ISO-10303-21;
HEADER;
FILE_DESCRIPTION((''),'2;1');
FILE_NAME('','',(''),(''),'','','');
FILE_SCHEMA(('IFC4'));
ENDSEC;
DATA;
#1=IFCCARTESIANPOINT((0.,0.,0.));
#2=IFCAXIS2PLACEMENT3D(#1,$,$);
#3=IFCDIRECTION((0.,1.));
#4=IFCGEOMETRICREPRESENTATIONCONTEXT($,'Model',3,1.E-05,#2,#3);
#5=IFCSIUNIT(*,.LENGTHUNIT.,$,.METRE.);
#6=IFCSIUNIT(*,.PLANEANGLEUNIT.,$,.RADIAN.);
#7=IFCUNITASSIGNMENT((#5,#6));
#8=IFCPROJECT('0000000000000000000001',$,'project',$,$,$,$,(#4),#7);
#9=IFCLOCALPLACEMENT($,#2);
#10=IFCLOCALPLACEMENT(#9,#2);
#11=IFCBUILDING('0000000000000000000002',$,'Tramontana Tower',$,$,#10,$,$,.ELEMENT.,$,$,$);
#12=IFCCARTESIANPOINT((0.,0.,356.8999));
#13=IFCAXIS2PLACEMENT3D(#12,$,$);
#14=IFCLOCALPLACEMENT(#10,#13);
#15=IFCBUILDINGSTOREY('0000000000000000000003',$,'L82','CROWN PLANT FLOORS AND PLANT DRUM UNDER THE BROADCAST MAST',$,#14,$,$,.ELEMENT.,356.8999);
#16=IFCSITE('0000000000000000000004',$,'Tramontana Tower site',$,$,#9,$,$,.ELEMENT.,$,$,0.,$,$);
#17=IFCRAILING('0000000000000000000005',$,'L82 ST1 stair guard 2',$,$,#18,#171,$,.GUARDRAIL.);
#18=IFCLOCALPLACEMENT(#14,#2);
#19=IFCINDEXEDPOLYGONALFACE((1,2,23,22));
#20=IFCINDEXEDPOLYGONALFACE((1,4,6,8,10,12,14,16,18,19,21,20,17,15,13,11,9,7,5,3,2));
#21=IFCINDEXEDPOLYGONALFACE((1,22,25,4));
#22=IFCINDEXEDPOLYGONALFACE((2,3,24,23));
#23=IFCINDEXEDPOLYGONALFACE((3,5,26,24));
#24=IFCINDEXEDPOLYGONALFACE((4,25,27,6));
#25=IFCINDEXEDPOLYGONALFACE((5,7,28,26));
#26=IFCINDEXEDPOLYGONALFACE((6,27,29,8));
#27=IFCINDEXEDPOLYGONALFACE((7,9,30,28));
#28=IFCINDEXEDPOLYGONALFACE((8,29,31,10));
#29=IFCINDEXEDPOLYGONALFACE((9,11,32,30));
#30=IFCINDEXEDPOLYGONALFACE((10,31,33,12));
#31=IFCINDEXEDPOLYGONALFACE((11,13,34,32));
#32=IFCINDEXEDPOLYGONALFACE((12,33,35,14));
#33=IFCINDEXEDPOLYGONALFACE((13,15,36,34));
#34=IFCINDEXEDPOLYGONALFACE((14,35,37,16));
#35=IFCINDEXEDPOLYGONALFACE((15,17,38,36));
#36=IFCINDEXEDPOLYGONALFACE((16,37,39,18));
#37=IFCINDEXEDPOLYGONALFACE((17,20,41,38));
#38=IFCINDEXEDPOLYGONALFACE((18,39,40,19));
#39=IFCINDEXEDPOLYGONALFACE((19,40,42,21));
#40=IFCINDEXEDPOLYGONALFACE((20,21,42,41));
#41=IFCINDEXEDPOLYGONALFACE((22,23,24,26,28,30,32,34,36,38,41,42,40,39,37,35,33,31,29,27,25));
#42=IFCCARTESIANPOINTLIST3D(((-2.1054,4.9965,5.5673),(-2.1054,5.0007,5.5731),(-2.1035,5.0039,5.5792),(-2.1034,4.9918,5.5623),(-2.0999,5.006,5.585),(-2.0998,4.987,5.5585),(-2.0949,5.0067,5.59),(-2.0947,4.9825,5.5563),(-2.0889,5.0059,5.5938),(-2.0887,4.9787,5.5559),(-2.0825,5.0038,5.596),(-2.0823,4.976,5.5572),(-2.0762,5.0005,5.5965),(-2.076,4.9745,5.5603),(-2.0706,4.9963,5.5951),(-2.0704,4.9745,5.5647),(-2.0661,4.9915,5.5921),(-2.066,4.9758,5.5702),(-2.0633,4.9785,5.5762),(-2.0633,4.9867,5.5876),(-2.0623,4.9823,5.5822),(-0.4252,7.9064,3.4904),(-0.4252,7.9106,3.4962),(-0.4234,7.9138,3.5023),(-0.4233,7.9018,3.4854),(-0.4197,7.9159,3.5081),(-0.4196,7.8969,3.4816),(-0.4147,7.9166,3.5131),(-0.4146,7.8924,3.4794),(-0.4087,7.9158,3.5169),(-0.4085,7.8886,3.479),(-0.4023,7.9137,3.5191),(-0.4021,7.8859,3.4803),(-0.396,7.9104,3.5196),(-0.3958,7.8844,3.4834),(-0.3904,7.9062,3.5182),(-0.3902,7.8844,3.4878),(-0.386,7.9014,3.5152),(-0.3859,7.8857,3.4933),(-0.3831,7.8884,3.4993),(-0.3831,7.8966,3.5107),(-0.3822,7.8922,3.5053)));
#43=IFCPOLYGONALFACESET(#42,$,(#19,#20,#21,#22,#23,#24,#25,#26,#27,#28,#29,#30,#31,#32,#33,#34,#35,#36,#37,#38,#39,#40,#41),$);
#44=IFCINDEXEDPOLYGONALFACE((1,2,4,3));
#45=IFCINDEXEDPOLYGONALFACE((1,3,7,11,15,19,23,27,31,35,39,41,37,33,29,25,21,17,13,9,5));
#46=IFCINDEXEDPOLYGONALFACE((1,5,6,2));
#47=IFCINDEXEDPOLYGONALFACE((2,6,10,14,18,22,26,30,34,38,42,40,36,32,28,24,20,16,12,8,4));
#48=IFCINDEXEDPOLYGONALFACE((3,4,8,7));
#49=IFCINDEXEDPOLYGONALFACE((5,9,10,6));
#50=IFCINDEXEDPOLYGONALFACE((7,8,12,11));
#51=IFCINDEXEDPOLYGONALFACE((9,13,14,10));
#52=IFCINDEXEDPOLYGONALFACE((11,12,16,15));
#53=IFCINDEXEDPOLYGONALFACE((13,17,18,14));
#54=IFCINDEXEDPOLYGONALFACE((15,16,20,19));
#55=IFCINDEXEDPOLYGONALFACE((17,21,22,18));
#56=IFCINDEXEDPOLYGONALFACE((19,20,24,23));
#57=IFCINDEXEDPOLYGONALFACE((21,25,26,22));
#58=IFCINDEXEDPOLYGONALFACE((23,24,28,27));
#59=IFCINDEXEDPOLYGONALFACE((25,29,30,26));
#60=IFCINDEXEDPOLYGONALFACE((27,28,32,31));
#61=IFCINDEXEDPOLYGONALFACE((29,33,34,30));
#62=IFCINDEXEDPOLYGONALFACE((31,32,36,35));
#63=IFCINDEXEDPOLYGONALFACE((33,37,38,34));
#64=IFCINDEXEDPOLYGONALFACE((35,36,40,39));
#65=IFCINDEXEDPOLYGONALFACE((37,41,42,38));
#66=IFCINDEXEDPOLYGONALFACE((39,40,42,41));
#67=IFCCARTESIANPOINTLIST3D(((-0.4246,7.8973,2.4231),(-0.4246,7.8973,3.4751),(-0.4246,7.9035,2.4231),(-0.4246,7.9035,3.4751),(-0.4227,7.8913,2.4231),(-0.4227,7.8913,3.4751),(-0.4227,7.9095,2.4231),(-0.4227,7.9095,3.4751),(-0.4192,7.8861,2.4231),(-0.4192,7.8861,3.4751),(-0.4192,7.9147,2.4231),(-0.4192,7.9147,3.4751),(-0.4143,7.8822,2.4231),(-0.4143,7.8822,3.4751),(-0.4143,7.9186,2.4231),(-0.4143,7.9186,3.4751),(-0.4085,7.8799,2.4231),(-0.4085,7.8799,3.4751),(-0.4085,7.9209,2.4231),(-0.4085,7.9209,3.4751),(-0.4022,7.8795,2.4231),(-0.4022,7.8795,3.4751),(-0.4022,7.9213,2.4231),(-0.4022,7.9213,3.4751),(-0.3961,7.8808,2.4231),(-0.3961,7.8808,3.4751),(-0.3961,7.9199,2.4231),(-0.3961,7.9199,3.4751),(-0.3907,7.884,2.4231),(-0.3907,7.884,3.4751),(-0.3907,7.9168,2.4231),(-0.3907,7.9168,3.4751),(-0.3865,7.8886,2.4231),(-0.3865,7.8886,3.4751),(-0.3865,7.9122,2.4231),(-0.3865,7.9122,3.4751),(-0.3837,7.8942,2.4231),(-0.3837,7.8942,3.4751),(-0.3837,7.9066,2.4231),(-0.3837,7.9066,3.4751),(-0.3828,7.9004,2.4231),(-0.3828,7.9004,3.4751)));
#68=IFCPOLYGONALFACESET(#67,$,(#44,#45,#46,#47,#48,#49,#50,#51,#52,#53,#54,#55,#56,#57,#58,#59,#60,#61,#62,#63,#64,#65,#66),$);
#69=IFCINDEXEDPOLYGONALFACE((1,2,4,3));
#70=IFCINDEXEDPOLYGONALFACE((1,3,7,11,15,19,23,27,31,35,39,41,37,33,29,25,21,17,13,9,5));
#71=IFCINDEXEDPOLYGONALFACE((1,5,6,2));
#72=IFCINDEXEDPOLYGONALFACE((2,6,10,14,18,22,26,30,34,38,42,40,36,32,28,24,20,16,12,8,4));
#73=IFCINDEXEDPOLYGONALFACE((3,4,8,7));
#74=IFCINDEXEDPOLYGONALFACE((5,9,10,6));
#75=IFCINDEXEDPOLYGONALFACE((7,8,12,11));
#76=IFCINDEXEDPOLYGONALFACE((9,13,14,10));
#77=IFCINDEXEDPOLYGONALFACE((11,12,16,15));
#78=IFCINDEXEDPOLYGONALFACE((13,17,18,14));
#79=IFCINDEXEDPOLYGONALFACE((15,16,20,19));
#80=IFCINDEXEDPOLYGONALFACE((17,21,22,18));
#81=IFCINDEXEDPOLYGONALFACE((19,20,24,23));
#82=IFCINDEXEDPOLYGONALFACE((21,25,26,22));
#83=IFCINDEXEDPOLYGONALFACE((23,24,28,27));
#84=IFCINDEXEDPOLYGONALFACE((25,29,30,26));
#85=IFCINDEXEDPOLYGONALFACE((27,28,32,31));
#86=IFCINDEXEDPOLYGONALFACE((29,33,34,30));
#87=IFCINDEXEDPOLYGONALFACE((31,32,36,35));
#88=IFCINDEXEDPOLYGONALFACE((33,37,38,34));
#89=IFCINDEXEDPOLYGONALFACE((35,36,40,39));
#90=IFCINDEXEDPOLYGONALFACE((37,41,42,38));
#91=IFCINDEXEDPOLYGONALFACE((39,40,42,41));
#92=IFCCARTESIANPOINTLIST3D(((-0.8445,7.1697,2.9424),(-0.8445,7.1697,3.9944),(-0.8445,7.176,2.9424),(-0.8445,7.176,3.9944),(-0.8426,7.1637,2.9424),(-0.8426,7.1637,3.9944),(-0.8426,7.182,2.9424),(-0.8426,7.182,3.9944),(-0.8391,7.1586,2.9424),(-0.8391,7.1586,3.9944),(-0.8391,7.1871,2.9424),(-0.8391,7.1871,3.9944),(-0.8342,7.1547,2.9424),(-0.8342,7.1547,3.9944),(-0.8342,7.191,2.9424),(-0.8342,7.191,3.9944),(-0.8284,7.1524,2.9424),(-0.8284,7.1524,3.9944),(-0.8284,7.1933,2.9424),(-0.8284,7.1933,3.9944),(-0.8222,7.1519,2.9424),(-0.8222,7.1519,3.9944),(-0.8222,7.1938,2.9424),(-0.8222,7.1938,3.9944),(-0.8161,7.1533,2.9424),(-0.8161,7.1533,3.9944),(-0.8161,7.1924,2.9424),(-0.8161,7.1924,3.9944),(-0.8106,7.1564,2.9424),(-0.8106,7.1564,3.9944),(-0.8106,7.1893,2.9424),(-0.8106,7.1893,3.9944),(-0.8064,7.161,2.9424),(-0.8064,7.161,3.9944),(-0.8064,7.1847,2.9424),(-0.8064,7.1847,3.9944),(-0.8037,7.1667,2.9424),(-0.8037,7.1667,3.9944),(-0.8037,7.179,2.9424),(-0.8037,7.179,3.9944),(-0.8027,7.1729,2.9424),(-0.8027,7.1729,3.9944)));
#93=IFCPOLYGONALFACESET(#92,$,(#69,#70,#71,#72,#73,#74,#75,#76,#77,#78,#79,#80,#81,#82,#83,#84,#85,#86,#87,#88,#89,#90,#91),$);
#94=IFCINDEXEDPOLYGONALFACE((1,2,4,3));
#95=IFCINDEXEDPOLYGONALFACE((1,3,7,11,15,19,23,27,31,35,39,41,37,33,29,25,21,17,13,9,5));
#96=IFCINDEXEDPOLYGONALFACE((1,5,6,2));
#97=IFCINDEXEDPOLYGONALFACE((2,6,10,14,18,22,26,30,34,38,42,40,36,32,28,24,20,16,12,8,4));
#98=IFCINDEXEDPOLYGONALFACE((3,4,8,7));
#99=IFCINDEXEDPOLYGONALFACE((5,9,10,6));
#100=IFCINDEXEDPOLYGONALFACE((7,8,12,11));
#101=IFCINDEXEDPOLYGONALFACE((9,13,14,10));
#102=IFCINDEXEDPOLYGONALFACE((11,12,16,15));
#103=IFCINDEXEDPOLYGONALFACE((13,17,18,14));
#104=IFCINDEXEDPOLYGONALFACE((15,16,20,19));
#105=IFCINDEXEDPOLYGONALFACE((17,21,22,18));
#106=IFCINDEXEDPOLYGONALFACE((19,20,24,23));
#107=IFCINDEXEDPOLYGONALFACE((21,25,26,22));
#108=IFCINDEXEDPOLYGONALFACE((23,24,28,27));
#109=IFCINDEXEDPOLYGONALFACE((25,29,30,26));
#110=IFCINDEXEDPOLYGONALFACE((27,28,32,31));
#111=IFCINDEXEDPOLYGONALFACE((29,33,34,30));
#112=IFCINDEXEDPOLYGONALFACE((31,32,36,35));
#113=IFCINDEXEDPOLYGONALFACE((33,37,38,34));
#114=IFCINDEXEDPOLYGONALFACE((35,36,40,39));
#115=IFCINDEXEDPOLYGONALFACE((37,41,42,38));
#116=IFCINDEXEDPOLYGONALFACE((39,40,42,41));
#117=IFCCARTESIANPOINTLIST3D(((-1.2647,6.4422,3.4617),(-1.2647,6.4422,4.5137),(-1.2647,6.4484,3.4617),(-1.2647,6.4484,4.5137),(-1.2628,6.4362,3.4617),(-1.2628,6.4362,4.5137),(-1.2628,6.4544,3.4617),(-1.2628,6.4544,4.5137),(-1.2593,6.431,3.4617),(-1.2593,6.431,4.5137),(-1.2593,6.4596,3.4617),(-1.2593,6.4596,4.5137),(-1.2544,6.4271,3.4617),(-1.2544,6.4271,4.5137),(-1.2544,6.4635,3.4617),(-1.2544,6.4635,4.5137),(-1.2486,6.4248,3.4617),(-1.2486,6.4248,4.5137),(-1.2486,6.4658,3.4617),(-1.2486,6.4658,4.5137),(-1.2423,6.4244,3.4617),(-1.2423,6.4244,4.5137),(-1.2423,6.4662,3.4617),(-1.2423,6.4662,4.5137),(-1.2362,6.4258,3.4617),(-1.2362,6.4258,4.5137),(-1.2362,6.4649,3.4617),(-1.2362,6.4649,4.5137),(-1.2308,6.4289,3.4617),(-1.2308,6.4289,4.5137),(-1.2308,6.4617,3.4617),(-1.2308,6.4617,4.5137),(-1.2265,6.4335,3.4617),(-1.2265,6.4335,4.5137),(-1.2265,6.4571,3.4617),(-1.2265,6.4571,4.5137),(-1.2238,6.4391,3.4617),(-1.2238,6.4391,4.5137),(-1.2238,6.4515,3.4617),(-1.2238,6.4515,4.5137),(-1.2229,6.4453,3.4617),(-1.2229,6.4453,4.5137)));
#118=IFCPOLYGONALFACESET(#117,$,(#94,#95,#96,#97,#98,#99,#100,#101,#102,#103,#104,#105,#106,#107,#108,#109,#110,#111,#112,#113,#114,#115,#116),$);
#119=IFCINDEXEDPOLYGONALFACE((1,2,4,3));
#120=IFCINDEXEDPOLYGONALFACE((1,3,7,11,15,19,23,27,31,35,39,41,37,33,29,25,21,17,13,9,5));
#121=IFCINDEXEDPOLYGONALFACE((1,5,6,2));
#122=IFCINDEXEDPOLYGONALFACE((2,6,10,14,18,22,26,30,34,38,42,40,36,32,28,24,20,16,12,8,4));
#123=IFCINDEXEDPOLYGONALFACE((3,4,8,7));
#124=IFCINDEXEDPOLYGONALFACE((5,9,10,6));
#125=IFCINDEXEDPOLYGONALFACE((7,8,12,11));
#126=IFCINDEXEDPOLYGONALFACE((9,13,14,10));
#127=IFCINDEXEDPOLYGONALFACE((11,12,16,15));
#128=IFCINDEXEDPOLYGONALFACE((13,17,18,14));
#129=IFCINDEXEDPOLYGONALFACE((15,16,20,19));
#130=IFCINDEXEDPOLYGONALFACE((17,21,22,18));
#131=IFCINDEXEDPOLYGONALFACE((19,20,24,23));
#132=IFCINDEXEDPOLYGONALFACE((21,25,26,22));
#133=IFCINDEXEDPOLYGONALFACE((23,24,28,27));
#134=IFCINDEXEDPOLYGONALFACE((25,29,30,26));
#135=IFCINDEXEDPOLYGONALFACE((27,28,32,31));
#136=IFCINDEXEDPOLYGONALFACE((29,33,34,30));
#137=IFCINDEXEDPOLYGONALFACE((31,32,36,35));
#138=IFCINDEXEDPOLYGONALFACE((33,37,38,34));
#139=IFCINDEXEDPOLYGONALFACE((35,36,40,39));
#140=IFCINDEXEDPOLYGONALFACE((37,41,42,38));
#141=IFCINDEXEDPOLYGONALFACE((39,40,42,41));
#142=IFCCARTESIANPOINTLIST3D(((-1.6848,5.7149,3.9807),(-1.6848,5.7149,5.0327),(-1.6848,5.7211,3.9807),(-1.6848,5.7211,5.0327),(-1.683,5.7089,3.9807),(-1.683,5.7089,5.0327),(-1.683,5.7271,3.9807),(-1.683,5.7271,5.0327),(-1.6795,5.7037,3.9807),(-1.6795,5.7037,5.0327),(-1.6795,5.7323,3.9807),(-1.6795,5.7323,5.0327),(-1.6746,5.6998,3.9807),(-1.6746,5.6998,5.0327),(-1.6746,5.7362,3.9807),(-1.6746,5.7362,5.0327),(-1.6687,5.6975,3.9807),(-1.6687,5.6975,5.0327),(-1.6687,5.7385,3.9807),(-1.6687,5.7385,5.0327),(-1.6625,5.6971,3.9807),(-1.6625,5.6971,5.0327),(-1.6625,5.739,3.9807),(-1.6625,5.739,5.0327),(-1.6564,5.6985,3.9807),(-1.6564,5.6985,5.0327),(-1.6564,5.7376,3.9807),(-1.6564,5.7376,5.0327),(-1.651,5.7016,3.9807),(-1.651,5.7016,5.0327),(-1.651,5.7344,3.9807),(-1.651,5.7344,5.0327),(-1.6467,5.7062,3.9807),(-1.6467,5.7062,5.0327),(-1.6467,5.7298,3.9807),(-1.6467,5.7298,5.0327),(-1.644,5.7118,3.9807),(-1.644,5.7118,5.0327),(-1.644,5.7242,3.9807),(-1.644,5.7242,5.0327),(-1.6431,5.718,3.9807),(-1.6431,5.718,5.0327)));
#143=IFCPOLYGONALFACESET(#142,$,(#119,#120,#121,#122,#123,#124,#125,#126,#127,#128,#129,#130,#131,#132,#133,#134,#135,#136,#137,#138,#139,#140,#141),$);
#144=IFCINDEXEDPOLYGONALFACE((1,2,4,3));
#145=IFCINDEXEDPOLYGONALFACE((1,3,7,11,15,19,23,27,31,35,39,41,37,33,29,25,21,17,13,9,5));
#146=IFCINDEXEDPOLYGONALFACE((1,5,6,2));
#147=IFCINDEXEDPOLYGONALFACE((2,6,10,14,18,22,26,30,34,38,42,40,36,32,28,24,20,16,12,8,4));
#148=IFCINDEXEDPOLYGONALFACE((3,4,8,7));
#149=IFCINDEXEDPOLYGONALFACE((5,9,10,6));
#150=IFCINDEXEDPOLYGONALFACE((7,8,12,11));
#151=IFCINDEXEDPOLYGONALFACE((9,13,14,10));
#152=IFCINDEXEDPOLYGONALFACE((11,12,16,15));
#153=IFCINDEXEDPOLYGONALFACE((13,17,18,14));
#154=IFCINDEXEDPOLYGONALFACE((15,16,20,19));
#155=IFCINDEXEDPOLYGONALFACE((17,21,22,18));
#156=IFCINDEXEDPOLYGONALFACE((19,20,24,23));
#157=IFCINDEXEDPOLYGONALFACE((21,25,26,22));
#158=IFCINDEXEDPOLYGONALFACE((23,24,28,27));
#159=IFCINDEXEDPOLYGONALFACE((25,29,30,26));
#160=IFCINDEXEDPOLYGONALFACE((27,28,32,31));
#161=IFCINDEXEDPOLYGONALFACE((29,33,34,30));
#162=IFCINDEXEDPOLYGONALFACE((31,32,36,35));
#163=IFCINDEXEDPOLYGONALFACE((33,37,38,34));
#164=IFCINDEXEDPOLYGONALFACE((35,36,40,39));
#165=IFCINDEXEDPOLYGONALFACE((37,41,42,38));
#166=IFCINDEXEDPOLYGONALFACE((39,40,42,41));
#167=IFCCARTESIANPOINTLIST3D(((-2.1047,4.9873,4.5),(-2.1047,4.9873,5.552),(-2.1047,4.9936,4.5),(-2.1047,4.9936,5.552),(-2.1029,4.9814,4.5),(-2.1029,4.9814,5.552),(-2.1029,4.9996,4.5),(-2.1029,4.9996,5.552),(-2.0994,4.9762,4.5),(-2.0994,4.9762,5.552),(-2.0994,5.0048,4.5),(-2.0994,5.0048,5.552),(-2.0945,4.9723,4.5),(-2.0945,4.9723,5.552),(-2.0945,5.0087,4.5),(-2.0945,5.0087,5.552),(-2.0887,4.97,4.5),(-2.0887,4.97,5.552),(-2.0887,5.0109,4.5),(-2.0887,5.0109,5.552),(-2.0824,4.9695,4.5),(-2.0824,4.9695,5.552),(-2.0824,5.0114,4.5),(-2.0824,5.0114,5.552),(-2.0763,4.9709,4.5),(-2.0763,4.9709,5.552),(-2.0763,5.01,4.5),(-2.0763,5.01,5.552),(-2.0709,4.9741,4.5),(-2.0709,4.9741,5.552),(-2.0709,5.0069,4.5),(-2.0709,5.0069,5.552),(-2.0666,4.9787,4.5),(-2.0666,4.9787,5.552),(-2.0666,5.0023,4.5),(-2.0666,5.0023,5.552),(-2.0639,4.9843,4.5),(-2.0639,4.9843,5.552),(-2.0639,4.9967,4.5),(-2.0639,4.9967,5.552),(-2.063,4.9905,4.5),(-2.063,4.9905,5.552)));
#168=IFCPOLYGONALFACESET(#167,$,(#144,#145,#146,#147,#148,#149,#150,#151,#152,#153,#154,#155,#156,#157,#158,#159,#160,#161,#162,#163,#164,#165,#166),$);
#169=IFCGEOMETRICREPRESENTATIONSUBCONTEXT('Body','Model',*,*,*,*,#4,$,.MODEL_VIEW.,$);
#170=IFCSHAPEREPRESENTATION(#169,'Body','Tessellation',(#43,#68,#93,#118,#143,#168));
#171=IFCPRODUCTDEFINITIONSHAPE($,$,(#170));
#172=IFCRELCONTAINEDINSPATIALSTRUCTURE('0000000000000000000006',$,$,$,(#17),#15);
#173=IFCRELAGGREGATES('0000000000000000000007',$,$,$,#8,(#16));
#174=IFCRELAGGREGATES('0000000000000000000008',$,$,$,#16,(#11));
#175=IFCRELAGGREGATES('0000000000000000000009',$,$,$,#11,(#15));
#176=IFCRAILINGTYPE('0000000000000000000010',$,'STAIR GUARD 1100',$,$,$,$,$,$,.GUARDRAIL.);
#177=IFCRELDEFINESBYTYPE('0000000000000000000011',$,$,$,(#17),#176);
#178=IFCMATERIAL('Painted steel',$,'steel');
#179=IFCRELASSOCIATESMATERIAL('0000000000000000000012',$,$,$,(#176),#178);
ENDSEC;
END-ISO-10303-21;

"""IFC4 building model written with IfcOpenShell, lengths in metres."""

from ifc_helpers import new_model, si_unit, direction, frame, origin, origin_2d, place, context, subcontext, project, spatial, circle, extrude, material, type_object, element, save


model = new_model("IFC4")

# Units and contexts
model_context = context("Model", 3, precision=1e-05, world=origin(), true_north=direction((0.0, 1.0)))
body_context = subcontext(model_context, "Body", "Model", "MODEL_VIEW")
ifc_project = project(units=[si_unit("LENGTHUNIT", "METRE"), si_unit("PLANEANGLEUNIT", "RADIAN")], contexts=[model_context])

# Site, building, storey
site_placement = place(None, origin())
site = spatial("IfcSite", under=ifc_project, at=site_placement, Name="Tramontana Tower site", CompositionType="ELEMENT", RefElevation=0.0)
building_placement = place(site_placement, origin())
building = spatial("IfcBuilding", under=site, at=building_placement, Name="Tramontana Tower", CompositionType="ELEMENT")
storey_placement = place(building_placement, frame((0.0, 0.0, 356.8999)))
storey = spatial("IfcBuildingStorey", under=building, at=storey_placement, Name="L82", Description="CROWN PLANT FLOORS AND PLANT DRUM UNDER THE BROADCAST MAST", CompositionType="ELEMENT", Elevation=356.8999)

# Railing
ifc_material_1 = material(Name="Painted steel", Category="steel")
railing_type_1 = type_object("IfcRailingType", Name="STAIR GUARD 1100", PredefinedType="GUARDRAIL", material=ifc_material_1)
railing_1_placement = place(storey_placement, frame((-0.4038, 7.9004, 2.4231)))
element("IfcRailing", 1, at=railing_1_placement, inside=storey, type_object=railing_type_1, Name="L82 ST1 stair guard 2", PredefinedType="GUARDRAIL", context=body_context, shape_type="SweptSolid", body=[
    extrude(circle(Radius=0.0239, at=origin_2d()), frame((0.0, 0.0, 1.0762), z_axis=(-0.425339, -0.736649, 0.525771), x_axis=(0.866008, -0.500031, 0.0)), (0.0, 0.0, 1.0), 3.9502),
    extrude(circle(Radius=0.021, at=origin_2d()), origin(), (0.0, 0.0, 1.0), 1.052),
    extrude(circle(Radius=0.021, at=origin_2d()), frame((-0.4199, -0.7275, 0.5193)), (0.0, 0.0, 1.0), 1.052),
    extrude(circle(Radius=0.021, at=origin_2d()), frame((-0.8401, -1.4551, 1.0386)), (0.0, 0.0, 1.0), 1.052),
    extrude(circle(Radius=0.021, at=origin_2d()), frame((-1.2603, -2.1824, 1.5576)), (0.0, 0.0, 1.0), 1.052),
    extrude(circle(Radius=0.021, at=origin_2d()), frame((-1.6802, -2.9099, 2.0769)), (0.0, 0.0, 1.0), 1.052),
])

save(model, "model.ifc")
